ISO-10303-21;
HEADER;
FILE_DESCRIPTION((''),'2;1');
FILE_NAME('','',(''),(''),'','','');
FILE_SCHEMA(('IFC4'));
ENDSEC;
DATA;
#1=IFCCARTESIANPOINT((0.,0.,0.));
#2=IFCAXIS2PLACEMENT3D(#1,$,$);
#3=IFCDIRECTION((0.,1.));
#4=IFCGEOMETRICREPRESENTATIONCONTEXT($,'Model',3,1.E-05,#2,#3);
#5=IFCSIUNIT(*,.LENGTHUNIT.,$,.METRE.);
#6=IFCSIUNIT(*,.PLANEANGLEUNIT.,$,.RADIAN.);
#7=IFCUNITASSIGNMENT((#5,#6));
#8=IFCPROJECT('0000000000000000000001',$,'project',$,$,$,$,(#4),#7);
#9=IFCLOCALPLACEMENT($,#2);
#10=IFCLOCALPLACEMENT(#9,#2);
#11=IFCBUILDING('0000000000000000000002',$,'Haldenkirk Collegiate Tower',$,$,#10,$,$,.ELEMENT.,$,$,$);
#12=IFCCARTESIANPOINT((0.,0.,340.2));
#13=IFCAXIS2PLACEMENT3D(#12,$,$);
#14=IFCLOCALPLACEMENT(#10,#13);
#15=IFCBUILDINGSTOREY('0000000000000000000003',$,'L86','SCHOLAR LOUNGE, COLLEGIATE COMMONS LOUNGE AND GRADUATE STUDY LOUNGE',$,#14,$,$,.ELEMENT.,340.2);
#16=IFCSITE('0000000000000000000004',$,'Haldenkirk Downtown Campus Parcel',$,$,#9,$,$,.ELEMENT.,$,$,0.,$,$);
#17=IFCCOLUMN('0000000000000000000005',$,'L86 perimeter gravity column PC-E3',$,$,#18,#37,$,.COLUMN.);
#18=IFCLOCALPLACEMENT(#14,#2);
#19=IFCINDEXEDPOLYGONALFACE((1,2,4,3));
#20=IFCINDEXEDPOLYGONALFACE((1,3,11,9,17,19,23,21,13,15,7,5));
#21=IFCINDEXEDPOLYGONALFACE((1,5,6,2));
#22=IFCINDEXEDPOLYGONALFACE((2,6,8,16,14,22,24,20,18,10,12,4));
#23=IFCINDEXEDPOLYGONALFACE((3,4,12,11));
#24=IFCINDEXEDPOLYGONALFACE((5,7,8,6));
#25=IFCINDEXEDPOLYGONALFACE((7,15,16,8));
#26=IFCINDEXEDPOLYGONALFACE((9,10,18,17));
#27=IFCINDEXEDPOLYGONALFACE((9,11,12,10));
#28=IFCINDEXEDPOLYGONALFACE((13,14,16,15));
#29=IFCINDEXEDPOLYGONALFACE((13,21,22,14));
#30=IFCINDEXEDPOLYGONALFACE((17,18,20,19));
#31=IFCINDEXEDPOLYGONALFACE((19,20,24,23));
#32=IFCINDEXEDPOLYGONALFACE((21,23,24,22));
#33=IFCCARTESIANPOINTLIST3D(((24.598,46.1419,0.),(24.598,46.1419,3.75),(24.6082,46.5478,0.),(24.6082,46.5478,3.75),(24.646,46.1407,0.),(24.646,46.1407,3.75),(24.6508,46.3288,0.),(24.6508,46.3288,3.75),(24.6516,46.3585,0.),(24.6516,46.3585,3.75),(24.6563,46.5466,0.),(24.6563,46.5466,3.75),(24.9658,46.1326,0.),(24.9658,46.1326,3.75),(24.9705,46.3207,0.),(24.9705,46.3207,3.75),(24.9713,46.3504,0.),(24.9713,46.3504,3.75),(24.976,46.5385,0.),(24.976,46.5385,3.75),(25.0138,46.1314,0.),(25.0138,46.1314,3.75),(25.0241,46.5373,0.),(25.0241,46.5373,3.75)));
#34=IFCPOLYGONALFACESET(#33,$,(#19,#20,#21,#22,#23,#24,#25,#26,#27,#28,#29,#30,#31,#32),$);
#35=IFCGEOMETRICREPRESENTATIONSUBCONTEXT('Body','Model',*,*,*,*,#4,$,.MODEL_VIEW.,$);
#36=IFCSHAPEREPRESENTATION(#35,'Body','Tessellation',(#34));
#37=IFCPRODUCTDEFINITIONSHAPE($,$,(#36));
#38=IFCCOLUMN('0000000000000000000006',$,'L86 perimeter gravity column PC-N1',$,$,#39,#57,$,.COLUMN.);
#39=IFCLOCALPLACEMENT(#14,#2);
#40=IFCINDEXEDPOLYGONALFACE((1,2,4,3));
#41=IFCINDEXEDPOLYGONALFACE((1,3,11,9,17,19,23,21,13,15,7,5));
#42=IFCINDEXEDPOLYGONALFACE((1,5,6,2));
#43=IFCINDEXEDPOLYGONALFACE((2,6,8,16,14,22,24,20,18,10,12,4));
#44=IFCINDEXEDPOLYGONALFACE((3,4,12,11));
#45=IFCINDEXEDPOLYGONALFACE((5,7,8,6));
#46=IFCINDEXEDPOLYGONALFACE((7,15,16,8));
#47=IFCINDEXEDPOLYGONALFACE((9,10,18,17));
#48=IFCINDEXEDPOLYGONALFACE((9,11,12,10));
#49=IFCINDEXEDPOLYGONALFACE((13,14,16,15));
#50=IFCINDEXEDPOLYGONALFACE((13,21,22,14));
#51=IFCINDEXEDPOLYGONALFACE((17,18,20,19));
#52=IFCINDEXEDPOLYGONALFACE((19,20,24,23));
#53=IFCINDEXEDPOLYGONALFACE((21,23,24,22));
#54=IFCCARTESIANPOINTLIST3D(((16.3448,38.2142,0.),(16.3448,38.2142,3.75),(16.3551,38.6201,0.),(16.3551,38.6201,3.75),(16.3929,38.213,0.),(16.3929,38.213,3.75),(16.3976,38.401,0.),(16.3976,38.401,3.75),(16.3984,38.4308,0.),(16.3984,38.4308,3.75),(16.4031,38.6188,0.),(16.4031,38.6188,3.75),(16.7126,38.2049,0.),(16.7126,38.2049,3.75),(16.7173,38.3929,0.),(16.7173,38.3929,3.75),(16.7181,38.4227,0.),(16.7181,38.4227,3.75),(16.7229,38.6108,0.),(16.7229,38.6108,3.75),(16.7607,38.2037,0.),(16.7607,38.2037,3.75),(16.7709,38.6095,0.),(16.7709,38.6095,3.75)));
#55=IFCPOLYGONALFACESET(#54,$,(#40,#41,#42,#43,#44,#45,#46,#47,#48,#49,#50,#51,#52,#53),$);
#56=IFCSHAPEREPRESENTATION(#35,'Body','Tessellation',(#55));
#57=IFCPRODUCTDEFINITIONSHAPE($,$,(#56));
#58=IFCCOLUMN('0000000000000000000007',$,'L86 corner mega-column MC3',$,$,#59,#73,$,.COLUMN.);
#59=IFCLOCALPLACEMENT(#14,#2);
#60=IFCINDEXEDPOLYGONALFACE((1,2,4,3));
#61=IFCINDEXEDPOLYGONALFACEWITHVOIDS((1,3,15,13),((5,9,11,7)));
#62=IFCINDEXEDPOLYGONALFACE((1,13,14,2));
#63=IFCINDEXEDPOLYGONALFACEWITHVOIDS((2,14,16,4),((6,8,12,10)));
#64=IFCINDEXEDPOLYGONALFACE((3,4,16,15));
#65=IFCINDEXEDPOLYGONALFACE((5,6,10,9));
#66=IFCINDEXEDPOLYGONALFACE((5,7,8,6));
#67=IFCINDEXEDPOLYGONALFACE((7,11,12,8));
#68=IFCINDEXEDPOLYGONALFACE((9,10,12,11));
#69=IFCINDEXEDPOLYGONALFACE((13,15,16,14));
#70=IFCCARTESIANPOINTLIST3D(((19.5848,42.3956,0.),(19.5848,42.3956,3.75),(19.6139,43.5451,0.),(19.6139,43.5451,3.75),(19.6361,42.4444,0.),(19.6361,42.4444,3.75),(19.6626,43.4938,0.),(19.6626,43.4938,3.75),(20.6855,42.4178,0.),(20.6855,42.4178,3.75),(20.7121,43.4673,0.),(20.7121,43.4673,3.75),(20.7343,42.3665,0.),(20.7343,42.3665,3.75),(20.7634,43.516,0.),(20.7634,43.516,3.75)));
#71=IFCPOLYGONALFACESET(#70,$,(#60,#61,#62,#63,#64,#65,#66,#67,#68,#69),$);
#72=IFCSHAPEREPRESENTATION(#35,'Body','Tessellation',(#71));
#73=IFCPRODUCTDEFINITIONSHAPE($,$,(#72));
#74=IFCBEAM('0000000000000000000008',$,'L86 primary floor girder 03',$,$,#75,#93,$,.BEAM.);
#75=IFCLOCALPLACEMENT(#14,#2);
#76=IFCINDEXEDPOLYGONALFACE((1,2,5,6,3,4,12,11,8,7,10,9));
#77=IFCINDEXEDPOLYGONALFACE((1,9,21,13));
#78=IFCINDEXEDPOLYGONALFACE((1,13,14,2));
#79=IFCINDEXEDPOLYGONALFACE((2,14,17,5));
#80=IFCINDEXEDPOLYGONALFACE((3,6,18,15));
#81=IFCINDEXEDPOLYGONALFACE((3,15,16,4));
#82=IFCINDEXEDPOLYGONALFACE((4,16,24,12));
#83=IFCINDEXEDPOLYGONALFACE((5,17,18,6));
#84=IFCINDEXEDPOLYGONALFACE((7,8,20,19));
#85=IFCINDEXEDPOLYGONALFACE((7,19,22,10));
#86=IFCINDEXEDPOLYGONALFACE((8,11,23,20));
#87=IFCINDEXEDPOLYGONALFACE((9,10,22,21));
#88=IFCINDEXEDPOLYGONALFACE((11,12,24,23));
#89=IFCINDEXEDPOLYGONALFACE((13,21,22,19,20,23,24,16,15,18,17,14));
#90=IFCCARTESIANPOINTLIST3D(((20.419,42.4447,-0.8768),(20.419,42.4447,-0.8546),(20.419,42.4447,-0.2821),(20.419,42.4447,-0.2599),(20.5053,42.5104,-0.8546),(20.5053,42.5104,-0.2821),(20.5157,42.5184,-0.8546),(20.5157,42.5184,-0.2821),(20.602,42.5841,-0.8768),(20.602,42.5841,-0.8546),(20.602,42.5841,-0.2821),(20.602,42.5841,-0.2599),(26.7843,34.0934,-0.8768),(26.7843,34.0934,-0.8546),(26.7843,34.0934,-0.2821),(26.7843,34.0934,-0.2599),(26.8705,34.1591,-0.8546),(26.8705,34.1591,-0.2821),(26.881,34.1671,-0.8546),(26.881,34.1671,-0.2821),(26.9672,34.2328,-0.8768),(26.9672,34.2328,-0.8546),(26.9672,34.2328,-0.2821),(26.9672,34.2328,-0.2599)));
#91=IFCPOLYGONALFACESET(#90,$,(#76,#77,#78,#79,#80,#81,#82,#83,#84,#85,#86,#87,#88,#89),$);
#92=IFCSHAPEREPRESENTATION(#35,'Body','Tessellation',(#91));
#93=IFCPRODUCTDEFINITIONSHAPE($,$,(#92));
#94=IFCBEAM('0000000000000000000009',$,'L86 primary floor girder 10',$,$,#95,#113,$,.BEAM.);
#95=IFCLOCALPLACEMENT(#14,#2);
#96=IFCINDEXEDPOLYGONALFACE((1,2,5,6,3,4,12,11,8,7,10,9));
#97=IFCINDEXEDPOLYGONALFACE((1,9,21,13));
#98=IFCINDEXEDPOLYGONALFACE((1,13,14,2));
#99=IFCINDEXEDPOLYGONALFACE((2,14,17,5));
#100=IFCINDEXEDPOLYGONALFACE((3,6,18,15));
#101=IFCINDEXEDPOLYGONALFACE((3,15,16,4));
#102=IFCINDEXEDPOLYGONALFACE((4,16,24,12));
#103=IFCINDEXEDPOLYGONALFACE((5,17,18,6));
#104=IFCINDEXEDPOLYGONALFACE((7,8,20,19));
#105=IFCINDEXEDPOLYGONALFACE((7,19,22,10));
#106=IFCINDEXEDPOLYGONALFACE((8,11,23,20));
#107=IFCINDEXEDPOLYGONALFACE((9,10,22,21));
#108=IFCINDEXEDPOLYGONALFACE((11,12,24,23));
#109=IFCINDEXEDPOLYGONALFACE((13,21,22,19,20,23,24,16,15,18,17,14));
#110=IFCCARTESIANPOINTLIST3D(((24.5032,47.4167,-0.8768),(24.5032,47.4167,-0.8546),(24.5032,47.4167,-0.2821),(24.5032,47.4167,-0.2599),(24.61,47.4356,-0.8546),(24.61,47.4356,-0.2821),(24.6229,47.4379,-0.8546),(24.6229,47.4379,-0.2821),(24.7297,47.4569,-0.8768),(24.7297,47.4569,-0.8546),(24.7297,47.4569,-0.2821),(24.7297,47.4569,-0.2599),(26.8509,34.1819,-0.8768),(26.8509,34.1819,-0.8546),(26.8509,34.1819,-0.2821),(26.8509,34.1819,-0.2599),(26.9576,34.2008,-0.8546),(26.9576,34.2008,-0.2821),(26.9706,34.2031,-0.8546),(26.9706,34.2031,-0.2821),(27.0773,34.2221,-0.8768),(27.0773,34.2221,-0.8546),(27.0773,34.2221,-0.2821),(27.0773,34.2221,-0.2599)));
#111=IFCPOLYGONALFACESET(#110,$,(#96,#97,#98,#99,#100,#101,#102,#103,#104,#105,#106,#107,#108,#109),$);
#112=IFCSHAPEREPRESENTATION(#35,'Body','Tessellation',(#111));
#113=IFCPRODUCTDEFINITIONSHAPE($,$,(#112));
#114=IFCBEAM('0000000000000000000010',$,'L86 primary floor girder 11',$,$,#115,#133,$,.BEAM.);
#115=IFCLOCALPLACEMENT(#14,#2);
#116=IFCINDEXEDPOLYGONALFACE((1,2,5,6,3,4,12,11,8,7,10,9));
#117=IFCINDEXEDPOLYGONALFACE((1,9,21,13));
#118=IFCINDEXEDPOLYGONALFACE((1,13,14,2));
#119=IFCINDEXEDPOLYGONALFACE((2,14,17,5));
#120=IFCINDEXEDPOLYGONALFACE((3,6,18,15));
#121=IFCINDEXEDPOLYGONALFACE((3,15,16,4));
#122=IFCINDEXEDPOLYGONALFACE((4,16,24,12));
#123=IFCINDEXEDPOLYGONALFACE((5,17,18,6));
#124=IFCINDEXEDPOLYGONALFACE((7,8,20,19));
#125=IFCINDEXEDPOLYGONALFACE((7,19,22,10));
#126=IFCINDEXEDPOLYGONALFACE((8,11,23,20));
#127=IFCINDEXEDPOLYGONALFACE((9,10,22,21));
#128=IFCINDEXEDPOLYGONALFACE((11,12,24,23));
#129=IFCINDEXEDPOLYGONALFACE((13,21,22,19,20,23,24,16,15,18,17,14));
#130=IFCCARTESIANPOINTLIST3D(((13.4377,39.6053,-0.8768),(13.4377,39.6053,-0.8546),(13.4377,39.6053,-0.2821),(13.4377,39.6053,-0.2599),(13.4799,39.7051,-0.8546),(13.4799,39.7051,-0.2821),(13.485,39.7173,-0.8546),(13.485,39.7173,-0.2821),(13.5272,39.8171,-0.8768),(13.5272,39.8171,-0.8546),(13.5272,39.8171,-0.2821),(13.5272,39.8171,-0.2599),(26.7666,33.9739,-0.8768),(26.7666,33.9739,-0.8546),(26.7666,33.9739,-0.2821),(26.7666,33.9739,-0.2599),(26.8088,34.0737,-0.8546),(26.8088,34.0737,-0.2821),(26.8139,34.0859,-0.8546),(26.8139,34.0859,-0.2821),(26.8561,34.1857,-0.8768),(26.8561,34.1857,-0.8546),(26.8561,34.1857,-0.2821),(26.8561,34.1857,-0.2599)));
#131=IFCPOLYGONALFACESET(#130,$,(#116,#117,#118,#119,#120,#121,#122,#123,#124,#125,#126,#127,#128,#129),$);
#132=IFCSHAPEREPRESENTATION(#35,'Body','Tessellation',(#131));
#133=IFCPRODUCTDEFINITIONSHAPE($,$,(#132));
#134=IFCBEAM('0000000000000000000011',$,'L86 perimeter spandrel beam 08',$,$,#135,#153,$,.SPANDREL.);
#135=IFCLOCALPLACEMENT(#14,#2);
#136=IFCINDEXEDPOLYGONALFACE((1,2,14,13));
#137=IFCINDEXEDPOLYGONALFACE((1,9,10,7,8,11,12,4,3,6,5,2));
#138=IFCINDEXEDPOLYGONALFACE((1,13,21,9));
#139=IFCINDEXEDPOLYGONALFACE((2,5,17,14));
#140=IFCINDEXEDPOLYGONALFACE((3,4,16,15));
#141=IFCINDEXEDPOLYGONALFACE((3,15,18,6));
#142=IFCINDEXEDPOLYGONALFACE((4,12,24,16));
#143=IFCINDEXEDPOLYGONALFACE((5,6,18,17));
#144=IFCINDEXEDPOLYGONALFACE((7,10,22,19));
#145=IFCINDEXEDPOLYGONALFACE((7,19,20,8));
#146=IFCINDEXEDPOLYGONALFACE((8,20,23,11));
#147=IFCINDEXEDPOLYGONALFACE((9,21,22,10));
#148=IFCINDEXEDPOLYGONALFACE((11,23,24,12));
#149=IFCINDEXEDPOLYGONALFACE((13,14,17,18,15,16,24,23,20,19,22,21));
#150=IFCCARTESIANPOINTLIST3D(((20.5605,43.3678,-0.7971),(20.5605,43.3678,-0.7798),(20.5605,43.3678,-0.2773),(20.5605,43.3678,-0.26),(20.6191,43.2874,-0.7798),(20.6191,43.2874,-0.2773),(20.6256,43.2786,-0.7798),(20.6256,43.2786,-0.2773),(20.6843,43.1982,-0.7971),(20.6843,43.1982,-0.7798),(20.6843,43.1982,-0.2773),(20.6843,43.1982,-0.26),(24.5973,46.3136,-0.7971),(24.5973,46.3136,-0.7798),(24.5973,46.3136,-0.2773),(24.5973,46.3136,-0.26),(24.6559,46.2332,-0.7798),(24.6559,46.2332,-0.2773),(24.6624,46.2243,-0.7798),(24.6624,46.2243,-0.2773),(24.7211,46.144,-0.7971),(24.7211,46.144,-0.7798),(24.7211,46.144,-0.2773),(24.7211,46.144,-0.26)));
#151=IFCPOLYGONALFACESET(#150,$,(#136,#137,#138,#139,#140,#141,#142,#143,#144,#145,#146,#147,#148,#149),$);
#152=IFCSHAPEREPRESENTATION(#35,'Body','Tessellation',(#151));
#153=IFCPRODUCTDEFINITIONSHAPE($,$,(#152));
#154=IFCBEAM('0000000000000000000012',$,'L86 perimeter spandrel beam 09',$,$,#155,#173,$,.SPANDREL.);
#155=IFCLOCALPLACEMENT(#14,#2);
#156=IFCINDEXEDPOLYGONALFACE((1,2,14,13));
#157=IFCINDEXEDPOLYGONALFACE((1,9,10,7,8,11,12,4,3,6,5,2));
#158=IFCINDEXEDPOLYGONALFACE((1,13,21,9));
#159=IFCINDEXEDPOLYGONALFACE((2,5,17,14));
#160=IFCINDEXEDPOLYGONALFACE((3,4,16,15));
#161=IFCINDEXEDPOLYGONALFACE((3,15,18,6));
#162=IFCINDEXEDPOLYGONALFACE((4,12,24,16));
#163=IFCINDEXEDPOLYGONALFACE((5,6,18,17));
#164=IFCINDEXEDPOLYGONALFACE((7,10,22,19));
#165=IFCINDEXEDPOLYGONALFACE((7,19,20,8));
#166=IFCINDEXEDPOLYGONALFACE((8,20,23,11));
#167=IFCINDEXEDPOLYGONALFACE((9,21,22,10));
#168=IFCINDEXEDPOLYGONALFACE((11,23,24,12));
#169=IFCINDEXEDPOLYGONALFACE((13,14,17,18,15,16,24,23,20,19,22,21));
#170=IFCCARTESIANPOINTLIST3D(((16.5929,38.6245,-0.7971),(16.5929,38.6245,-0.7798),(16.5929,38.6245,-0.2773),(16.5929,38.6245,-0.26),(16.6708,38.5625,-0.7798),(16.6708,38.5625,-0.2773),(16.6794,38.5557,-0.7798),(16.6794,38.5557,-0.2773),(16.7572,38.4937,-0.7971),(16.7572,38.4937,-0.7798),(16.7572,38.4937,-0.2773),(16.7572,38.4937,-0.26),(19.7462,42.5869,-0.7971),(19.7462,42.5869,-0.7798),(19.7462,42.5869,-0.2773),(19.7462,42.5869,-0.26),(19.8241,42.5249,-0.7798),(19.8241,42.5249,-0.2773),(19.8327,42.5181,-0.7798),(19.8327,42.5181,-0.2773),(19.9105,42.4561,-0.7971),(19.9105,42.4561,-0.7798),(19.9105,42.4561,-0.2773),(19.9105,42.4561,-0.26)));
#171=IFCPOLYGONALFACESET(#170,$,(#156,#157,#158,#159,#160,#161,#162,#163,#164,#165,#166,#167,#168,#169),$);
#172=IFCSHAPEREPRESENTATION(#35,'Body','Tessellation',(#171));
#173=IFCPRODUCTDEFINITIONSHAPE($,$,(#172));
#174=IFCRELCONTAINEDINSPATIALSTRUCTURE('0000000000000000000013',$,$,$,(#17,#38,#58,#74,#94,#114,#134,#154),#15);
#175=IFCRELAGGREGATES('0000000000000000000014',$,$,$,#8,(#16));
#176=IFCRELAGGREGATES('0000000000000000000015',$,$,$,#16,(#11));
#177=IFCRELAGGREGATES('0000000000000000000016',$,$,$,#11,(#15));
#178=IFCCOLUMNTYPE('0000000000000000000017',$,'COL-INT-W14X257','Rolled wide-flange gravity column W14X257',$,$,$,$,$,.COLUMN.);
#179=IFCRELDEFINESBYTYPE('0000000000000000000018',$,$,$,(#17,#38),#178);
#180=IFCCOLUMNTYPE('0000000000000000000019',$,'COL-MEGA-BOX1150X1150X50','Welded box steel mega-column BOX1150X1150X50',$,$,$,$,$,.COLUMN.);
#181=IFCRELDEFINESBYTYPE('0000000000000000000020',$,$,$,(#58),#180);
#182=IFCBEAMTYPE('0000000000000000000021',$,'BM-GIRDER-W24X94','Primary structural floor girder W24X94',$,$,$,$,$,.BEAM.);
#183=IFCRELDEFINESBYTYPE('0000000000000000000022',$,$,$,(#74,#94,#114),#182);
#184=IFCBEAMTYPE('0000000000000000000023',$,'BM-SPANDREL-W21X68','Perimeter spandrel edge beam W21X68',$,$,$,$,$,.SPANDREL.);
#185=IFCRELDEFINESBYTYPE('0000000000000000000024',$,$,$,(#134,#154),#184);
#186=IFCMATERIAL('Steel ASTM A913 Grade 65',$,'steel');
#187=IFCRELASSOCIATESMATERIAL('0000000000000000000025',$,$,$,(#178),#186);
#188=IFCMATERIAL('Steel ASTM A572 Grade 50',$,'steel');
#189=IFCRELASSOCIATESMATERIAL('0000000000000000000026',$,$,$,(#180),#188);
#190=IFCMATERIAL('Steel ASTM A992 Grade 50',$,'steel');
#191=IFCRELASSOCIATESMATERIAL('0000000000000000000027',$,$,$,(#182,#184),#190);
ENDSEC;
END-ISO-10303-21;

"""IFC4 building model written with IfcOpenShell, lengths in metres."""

from ifc_helpers import new_model, si_unit, direction, frame, origin, origin_2d, place, context, subcontext, project, spatial, hollow_rectangle, i_section, extrude, material, material_profile, profile_set, type_object, element, save


model = new_model("IFC4")

# Units and contexts
model_context = context("Model", 3, precision=1e-05, world=origin(), true_north=direction((0.0, 1.0)))
body_context = subcontext(model_context, "Body", "Model", "MODEL_VIEW")
ifc_project = project(units=[si_unit("LENGTHUNIT", "METRE"), si_unit("PLANEANGLEUNIT", "RADIAN")], contexts=[model_context])

# Site, building, storey
site_placement = place(None, origin())
site = spatial("IfcSite", under=ifc_project, at=site_placement, Name="Haldenkirk Downtown Campus Parcel", CompositionType="ELEMENT", RefElevation=0.0)
building_placement = place(site_placement, origin())
building = spatial("IfcBuilding", under=site, at=building_placement, Name="Haldenkirk Collegiate Tower", CompositionType="ELEMENT")
storey_placement = place(building_placement, frame((0.0, 0.0, 340.2)))
storey = spatial("IfcBuildingStorey", under=building, at=storey_placement, Name="L86", Description="SCHOLAR LOUNGE, COLLEGIATE COMMONS LOUNGE AND GRADUATE STUDY LOUNGE", CompositionType="ELEMENT", Elevation=340.2)

# Columns
ifc_material_1 = material(Name="Steel ASTM A913 Grade 65", Category="steel")
ifc_material_profile_1 = material_profile(ifc_material_1, i_section(OverallWidth=0.406, OverallDepth=0.416, WebThickness=0.0298, FlangeThickness=0.0481, at=origin_2d()), Name="W14X257")
ifc_profile_set_1 = profile_set([ifc_material_profile_1], Name="Steel ASTM A913 Grade 65")
column_type_1 = type_object("IfcColumnType", Name="COL-INT-W14X257", Description="Rolled wide-flange gravity column W14X257", PredefinedType="COLUMN", material=ifc_profile_set_1)
for number, where, z_axis, x_axis, name in (
    (1, (24.811, 46.3396, 0.0), (0.0, 0.0, 1.0), (0.025305, 0.99968, 0.0), "L86 perimeter gravity column PC-E3"),
    (2, (16.5579, 38.4119, 0.0), (0.0, 0.0, 1.0), (0.025305, 0.99968, 0.0), "L86 perimeter gravity column PC-N1"),
):
    element("IfcColumn", number, at=place(storey_placement, frame(where, z_axis=z_axis, x_axis=x_axis)), inside=storey, type_object=column_type_1, Name=name, PredefinedType="COLUMN", context=body_context, shape_type="SweptSolid", body=[
        extrude(i_section(OverallWidth=0.406, OverallDepth=0.416, WebThickness=0.0298, FlangeThickness=0.0481, at=origin_2d()), origin(), (0.0, 0.0, 1.0), 3.75),
    ])
ifc_material_2 = material(Name="Steel ASTM A572 Grade 50", Category="steel")
ifc_material_profile_2 = material_profile(ifc_material_2, hollow_rectangle(XDim=1.1499, YDim=1.1499, WallThickness=0.05, at=origin_2d()), Name="BOX1150X1150X50")
ifc_profile_set_2 = profile_set([ifc_material_profile_2], Name="Steel ASTM A572 Grade 50")
column_type_2 = type_object("IfcColumnType", Name="COL-MEGA-BOX1150X1150X50", Description="Welded box steel mega-column BOX1150X1150X50", PredefinedType="COLUMN", material=ifc_profile_set_2)
column_placement = place(storey_placement, frame((20.1741, 42.9558, 0.0), z_axis=(0.0, 0.0, 1.0), x_axis=(0.025305, 0.99968, 0.0)))
element("IfcColumn", 3, at=column_placement, inside=storey, type_object=column_type_2, Name="L86 corner mega-column MC3", PredefinedType="COLUMN", context=body_context, shape_type="SweptSolid", body=[
    extrude(hollow_rectangle(XDim=1.1499, YDim=1.1499, WallThickness=0.05, at=origin_2d()), origin(), (0.0, 0.0, 1.0), 3.75),
])

# Beams
ifc_material_3 = material(Name="Steel ASTM A992 Grade 50", Category="steel")
ifc_material_profile_3 = material_profile(ifc_material_3, i_section(OverallWidth=0.23, OverallDepth=0.6169, WebThickness=0.0132, FlangeThickness=0.0222, at=origin_2d()), Name="W24X94")
ifc_profile_set_3 = profile_set([ifc_material_profile_3], Name="Steel ASTM A992 Grade 50")
beam_type_1 = type_object("IfcBeamType", Name="BM-GIRDER-W24X94", Description="Primary structural floor girder W24X94", PredefinedType="BEAM", material=ifc_profile_set_3)
beam_1_placement = place(storey_placement, frame((20.5105, 42.5144, -0.5684), z_axis=(0.606183, -0.795325, 0.0), x_axis=(0.795325, 0.606183, 0.0)))
element("IfcBeam", 4, at=beam_1_placement, inside=storey, type_object=beam_type_1, Name="L86 primary floor girder 03", PredefinedType="BEAM", context=body_context, shape_type="SweptSolid", body=[
    extrude(i_section(OverallWidth=0.23, OverallDepth=0.6169, WebThickness=0.0132, FlangeThickness=0.0222, at=origin_2d()), origin(), (0.0, 0.0, 1.0), 10.5005),
])
beam_2_placement = place(storey_placement, frame((24.6165, 47.4368, -0.5684), z_axis=(0.174658, -0.984629, 0.0), x_axis=(0.984629, 0.174658, 0.0)))
element("IfcBeam", 5, at=beam_2_placement, inside=storey, type_object=beam_type_1, Name="L86 primary floor girder 10", PredefinedType="BEAM", context=body_context, shape_type="SweptSolid", body=[
    extrude(i_section(OverallWidth=0.23, OverallDepth=0.6169, WebThickness=0.0132, FlangeThickness=0.0222, at=origin_2d()), origin(), (0.0, 0.0, 1.0), 13.4414),
])
beam_3_placement = place(storey_placement, frame((13.4824, 39.7112, -0.5684), z_axis=(0.92116, -0.389184, 0.0), x_axis=(0.389184, 0.92116, 0.0)))
element("IfcBeam", 6, at=beam_3_placement, inside=storey, type_object=beam_type_1, Name="L86 primary floor girder 11", PredefinedType="BEAM", context=body_context, shape_type="SweptSolid", body=[
    extrude(i_section(OverallWidth=0.23, OverallDepth=0.6169, WebThickness=0.0132, FlangeThickness=0.0222, at=origin_2d()), origin(), (0.0, 0.0, 1.0), 14.4697),
])
ifc_material_profile_4 = material_profile(ifc_material_3, i_section(OverallWidth=0.21, OverallDepth=0.5371, WebThickness=0.011, FlangeThickness=0.0173, at=origin_2d()), Name="W21X68")
ifc_profile_set_4 = profile_set([ifc_material_profile_4], Name="Steel ASTM A992 Grade 50")
beam_type_2 = type_object("IfcBeamType", Name="BM-SPANDREL-W21X68", Description="Perimeter spandrel edge beam W21X68", PredefinedType="SPANDREL", material=ifc_profile_set_4)
beam_4_placement = place(storey_placement, frame((24.6592, 46.2288, -0.5286), z_axis=(-0.807793, -0.589466, 0.0), x_axis=(0.589466, -0.807793, 0.0)))
element("IfcBeam", 7, at=beam_4_placement, inside=storey, type_object=beam_type_2, Name="L86 perimeter spandrel beam 08", PredefinedType="SPANDREL", context=body_context, shape_type="SweptSolid", body=[
    extrude(i_section(OverallWidth=0.21, OverallDepth=0.5371, WebThickness=0.011, FlangeThickness=0.0173, at=origin_2d()), origin(), (0.0, 0.0, 1.0), 4.9973),
])
beam_5_placement = place(storey_placement, frame((19.8284, 42.5215, -0.5286), z_axis=(-0.622694, -0.782465, 0.0), x_axis=(0.782465, -0.622694, 0.0)))
element("IfcBeam", 8, at=beam_5_placement, inside=storey, type_object=beam_type_2, Name="L86 perimeter spandrel beam 09", PredefinedType="SPANDREL", context=body_context, shape_type="SweptSolid", body=[
    extrude(i_section(OverallWidth=0.21, OverallDepth=0.5371, WebThickness=0.011, FlangeThickness=0.0173, at=origin_2d()), origin(), (0.0, 0.0, 1.0), 5.064),
])

save(model, "model.ifc")
